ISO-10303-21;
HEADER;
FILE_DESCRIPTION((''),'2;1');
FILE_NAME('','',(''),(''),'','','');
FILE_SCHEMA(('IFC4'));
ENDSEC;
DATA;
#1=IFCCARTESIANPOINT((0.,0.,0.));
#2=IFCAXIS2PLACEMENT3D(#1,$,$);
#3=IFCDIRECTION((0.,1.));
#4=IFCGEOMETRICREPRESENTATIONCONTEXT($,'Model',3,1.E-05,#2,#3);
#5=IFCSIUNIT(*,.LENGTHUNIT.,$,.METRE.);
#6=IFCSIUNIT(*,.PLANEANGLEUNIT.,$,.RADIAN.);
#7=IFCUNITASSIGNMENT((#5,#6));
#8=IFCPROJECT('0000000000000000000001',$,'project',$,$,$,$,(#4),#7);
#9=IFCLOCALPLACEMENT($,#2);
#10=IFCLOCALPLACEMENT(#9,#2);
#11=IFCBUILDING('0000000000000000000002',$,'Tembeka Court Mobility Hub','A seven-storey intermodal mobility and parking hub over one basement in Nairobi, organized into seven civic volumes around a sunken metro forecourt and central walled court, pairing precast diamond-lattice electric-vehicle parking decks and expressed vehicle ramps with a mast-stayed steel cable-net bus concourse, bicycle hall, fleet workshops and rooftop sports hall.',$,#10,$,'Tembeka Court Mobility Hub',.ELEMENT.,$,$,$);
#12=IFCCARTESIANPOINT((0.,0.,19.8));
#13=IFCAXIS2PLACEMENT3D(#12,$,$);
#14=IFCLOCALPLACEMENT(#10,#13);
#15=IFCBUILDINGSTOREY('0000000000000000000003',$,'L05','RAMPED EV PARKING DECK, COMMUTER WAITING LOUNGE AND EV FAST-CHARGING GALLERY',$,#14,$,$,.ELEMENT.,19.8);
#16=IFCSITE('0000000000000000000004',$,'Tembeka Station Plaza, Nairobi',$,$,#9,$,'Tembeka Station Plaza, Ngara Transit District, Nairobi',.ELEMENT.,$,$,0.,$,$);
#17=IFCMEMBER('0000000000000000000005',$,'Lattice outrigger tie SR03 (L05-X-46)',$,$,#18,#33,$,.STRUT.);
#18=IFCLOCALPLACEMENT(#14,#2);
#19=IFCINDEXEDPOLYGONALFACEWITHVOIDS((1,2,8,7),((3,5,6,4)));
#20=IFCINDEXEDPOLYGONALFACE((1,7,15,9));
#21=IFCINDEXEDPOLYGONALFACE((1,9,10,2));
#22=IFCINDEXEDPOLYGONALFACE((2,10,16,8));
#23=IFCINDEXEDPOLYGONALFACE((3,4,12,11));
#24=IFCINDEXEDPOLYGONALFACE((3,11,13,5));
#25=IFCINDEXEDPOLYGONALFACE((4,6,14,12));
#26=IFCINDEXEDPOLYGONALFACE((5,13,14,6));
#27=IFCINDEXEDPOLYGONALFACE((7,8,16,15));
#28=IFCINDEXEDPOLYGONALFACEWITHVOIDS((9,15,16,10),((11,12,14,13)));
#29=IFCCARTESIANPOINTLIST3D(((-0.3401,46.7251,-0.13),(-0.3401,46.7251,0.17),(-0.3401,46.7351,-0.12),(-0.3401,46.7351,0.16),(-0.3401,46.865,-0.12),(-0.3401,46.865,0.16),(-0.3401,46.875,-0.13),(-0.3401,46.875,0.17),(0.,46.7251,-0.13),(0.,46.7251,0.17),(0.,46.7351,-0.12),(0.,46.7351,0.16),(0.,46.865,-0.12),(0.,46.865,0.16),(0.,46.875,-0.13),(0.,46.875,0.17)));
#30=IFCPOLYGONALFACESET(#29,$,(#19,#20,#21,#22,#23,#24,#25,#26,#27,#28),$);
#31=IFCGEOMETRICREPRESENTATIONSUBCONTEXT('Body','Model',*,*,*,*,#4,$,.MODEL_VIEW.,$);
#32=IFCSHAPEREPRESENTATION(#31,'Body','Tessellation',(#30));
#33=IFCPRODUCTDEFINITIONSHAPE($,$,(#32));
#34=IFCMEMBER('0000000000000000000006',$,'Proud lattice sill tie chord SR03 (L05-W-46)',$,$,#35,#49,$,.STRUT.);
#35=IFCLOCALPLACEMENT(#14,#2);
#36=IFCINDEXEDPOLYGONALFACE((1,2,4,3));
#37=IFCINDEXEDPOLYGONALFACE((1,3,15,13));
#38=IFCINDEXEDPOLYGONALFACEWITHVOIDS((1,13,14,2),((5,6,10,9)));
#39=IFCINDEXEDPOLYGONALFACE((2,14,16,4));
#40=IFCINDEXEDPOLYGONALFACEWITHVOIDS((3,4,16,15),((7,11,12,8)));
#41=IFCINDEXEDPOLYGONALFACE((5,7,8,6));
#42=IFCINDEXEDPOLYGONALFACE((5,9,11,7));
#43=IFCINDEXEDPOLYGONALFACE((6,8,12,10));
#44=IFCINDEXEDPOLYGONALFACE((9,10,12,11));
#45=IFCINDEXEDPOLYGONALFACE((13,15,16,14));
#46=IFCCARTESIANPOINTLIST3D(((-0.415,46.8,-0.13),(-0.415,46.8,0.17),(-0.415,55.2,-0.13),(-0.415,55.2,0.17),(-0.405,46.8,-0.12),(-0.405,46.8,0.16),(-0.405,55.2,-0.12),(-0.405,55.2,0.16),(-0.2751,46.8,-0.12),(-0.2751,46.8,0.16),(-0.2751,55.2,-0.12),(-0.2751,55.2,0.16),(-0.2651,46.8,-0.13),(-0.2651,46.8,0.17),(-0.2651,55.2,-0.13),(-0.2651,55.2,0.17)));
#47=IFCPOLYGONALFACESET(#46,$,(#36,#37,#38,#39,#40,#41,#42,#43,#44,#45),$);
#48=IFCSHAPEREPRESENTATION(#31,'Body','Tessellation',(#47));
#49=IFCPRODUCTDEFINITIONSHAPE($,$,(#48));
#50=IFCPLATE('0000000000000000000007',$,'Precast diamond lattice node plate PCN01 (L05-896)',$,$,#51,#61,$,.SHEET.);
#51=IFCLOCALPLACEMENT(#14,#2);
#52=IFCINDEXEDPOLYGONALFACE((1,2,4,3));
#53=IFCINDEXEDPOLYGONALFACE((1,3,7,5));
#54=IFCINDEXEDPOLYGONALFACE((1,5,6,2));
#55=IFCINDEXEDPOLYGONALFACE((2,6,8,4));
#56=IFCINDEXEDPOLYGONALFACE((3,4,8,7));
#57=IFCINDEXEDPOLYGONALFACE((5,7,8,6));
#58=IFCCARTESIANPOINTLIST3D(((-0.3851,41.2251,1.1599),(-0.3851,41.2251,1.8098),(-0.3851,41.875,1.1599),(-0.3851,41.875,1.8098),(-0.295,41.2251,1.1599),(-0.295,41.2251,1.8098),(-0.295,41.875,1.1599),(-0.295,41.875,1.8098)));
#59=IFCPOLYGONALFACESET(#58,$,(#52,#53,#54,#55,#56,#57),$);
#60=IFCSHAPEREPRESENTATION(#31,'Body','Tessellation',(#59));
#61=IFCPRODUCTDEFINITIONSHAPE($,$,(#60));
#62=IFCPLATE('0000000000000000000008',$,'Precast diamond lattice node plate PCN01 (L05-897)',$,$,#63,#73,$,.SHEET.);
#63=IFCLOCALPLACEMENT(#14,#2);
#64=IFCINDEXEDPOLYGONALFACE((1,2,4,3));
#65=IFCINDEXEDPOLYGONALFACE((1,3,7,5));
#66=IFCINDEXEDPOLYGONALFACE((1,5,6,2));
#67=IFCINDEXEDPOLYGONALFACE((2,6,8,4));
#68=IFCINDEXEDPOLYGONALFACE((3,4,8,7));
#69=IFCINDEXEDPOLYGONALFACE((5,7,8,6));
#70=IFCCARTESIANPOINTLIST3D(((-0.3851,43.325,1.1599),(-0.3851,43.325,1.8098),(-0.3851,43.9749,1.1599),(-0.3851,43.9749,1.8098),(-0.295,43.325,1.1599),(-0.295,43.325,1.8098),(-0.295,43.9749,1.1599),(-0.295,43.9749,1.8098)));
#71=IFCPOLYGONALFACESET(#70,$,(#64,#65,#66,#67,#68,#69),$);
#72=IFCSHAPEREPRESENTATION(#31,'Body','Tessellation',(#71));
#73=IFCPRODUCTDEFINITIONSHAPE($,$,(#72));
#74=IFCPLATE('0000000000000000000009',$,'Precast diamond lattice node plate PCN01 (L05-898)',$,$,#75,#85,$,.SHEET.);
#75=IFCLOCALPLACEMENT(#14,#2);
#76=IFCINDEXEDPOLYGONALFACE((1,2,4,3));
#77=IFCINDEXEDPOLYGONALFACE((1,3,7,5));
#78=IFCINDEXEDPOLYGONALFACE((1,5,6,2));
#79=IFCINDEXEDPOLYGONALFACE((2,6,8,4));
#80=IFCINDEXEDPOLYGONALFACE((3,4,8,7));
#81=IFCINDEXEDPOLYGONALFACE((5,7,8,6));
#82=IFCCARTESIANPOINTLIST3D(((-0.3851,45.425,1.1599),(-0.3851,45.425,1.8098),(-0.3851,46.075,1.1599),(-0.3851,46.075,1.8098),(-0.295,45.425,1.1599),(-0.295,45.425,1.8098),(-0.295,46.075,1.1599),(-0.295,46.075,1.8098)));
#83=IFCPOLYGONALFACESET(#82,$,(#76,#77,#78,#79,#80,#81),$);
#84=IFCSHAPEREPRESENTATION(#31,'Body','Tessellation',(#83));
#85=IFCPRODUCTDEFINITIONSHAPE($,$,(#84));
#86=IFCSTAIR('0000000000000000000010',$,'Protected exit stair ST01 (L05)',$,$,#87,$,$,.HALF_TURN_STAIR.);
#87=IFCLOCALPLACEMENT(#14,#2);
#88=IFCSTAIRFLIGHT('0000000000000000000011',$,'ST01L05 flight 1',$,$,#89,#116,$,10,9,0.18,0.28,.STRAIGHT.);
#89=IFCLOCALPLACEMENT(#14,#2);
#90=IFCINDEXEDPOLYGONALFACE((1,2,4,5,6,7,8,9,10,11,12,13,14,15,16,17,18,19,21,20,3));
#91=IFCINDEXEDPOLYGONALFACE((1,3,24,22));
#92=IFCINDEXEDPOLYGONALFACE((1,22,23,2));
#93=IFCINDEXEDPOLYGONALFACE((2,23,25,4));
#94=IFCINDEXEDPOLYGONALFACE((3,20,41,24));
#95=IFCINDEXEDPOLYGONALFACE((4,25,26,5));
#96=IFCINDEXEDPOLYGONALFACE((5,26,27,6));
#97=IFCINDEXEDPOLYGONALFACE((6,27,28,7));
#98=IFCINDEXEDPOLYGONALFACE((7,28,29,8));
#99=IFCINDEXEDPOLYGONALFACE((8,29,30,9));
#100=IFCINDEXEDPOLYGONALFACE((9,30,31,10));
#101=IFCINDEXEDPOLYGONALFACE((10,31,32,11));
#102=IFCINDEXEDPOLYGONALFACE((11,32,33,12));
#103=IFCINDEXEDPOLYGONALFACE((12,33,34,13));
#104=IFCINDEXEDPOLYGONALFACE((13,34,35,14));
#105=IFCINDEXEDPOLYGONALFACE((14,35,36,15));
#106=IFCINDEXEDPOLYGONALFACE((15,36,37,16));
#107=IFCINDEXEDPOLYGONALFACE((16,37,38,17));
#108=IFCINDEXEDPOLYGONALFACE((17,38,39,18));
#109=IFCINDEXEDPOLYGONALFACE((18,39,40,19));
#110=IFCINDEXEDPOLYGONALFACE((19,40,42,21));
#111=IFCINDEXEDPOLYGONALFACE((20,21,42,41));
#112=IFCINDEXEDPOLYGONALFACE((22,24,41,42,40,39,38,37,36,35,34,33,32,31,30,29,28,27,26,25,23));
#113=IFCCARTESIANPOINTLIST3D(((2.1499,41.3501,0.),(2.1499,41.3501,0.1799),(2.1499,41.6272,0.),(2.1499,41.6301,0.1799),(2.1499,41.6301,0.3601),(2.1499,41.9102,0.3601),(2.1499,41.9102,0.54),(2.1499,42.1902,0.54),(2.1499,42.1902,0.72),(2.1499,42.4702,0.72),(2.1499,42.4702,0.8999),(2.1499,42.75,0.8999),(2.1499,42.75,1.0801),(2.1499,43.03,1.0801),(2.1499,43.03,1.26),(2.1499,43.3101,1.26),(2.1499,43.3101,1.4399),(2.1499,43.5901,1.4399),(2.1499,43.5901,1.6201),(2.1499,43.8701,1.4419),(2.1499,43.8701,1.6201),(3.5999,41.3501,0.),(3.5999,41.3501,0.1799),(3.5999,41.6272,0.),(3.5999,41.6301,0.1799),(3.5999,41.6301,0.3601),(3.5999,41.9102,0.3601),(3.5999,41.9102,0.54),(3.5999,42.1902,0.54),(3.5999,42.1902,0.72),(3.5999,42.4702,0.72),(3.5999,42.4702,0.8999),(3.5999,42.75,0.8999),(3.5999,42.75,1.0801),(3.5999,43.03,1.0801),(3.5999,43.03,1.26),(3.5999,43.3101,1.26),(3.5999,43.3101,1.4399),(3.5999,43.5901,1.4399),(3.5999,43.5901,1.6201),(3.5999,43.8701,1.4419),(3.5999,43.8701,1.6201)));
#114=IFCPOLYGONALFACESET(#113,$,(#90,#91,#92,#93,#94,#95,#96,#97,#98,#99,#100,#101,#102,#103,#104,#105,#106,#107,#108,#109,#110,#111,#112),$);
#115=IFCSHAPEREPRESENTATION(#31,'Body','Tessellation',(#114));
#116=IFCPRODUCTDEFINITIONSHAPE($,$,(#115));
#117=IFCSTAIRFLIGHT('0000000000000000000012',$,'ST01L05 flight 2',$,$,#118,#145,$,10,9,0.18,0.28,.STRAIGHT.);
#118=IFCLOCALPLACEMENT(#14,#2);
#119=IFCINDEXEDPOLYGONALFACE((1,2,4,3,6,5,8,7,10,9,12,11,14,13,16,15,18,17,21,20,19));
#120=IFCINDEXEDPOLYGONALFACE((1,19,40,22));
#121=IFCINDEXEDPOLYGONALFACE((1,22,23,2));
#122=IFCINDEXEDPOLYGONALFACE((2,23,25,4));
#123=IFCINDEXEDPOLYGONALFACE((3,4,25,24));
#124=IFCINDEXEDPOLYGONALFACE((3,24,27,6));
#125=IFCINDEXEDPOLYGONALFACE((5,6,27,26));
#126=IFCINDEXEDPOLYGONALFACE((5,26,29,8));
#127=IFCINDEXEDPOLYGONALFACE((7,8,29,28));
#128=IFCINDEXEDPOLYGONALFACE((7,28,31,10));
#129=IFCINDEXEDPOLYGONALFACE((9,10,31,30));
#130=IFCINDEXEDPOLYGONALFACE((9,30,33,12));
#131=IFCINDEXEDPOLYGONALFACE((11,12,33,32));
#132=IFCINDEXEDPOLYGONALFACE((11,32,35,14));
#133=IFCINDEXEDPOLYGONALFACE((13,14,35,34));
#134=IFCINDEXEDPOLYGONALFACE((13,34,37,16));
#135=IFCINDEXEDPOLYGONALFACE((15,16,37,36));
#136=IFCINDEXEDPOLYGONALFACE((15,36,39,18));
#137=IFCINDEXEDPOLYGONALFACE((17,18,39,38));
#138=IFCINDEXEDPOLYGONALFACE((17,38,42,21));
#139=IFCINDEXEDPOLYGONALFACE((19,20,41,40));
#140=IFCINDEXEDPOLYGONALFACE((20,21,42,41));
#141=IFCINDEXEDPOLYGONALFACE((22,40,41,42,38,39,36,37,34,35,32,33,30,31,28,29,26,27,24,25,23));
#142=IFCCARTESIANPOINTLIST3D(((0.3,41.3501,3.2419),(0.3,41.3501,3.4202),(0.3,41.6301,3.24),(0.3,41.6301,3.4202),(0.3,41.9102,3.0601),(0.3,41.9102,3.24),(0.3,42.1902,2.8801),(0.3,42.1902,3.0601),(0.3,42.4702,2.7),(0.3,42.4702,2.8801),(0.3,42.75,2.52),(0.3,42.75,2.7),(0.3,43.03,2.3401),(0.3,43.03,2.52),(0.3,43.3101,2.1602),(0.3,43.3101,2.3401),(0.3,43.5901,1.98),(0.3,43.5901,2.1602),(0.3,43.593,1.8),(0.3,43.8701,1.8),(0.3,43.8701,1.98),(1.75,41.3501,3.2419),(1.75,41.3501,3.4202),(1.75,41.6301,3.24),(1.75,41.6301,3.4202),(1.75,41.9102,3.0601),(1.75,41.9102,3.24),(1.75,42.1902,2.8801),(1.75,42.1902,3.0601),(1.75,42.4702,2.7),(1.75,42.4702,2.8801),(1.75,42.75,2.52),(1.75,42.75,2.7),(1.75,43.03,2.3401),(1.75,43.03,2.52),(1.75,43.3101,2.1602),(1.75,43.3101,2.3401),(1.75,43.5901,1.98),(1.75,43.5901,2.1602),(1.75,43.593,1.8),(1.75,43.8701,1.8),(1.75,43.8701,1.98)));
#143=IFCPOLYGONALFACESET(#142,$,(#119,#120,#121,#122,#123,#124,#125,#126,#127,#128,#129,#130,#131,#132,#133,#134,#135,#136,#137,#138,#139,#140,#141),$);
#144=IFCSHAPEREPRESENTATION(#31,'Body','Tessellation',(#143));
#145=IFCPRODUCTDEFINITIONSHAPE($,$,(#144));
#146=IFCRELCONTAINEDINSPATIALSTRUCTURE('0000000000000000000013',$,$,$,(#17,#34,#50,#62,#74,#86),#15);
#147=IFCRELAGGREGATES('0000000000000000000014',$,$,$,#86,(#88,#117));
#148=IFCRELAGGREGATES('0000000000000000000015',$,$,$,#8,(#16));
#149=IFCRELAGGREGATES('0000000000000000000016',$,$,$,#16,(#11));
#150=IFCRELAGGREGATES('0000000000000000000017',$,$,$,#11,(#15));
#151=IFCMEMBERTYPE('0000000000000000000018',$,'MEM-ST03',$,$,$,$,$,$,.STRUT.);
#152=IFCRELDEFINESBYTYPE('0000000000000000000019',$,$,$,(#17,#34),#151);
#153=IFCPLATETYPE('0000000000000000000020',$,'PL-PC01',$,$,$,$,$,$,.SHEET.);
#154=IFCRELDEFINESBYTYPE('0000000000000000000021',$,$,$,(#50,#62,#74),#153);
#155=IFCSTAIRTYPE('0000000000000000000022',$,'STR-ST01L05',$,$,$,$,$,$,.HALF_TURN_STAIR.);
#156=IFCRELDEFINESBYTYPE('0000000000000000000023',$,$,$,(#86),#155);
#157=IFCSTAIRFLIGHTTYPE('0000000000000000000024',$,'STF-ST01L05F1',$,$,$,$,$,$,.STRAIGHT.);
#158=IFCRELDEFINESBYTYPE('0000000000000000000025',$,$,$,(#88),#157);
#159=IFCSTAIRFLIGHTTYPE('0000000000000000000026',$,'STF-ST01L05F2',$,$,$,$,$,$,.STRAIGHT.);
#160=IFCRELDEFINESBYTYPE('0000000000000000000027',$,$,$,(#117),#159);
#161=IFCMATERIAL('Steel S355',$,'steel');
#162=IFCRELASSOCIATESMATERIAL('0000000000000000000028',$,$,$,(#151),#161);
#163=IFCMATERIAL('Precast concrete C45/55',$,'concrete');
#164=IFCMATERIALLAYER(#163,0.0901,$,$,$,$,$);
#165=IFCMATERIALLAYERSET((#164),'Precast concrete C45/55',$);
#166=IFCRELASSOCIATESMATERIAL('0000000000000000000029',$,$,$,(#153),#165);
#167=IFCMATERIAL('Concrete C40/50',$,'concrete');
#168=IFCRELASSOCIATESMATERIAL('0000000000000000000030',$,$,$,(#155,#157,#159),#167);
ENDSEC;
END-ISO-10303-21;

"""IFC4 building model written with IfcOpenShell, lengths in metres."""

from ifc_helpers import new_model, si_unit, direction, frame, origin, origin_2d, place, context, subcontext, project, spatial, polyline, rectangle, hollow_rectangle, outline, extrude, material, layer, layer_set, material_profile, profile_set, type_object, element, aggregate, save


model = new_model("IFC4")

# Units and contexts
model_context = context("Model", 3, precision=1e-05, world=origin(), true_north=direction((0.0, 1.0)))
body_context = subcontext(model_context, "Body", "Model", "MODEL_VIEW")
ifc_project = project(units=[si_unit("LENGTHUNIT", "METRE"), si_unit("PLANEANGLEUNIT", "RADIAN")], contexts=[model_context])

# Site, building, storey
site_placement = place(None, origin())
site = spatial("IfcSite", under=ifc_project, at=site_placement, Name="Tembeka Station Plaza, Nairobi", LongName="Tembeka Station Plaza, Ngara Transit District, Nairobi", CompositionType="ELEMENT", RefElevation=0.0)
building_placement = place(site_placement, origin())
building = spatial("IfcBuilding", under=site, at=building_placement, Name="Tembeka Court Mobility Hub", Description="A seven-storey intermodal mobility and parking hub over one basement in Nairobi, organized into seven civic volumes around a sunken metro forecourt and central walled court, pairing precast diamond-lattice electric-vehicle parking decks and expressed vehicle ramps with a mast-stayed steel cable-net bus concourse, bicycle hall, fleet workshops and rooftop sports hall.", LongName="Tembeka Court Mobility Hub", CompositionType="ELEMENT")
storey_placement = place(building_placement, frame((0.0, 0.0, 19.8)))
storey = spatial("IfcBuildingStorey", under=building, at=storey_placement, Name="L05", Description="RAMPED EV PARKING DECK, COMMUTER WAITING LOUNGE AND EV FAST-CHARGING GALLERY", CompositionType="ELEMENT", Elevation=19.8)

# Shared definitions
ifc_material_1 = material(Name="Steel S355", Category="steel")

# Shared definitions
ifc_material_2 = material(Name="Precast concrete C45/55", Category="concrete")

# Members
ifc_material_profile_1 = material_profile(ifc_material_1, hollow_rectangle(XDim=0.1499, YDim=0.3, WallThickness=0.01, at=origin_2d()), Name="RHS 300x150x10")
ifc_profile_set_1 = profile_set([ifc_material_profile_1], Name="Steel S355")
member_type_1 = type_object("IfcMemberType", Name="MEM-ST03", PredefinedType="STRUT", material=ifc_profile_set_1)
member_1_placement = place(storey_placement, frame((0.0, 46.8, 0.02), z_axis=(-1.0, 0.0, 0.0), x_axis=(0.0, -1.0, 0.0)))
element("IfcMember", 1, at=member_1_placement, inside=storey, type_object=member_type_1, Name="Lattice outrigger tie SR03 (L05-X-46)", PredefinedType="STRUT", context=body_context, shape_type="SweptSolid", body=[
    extrude(hollow_rectangle(XDim=0.1499, YDim=0.3, WallThickness=0.01, at=origin_2d()), origin(), (0.0, 0.0, 1.0), 0.3401),
])
member_2_placement = place(storey_placement, frame((-0.3401, 46.8, 0.02), z_axis=(0.0, 1.0, 0.0), x_axis=(-1.0, 0.0, 0.0)))
element("IfcMember", 2, at=member_2_placement, inside=storey, type_object=member_type_1, Name="Proud lattice sill tie chord SR03 (L05-W-46)", PredefinedType="STRUT", context=body_context, shape_type="SweptSolid", body=[
    extrude(hollow_rectangle(XDim=0.1499, YDim=0.3, WallThickness=0.01, at=origin_2d()), origin(), (0.0, 0.0, 1.0), 8.3999),
])

# Plates
ifc_layer = layer(ifc_material_2, 0.0901)
ifc_layer_set = layer_set([ifc_layer], Name="Precast concrete C45/55")
plate_type = type_object("IfcPlateType", Name="PL-PC01", PredefinedType="SHEET", material=ifc_layer_set)
for number, where, z_axis, x_axis, name in (
    (3, (-0.3401, 41.55, 1.1599), (0.0, 0.0, 1.0), (1.0, 0.0, 0.0), "Precast diamond lattice node plate PCN01 (L05-896)"),
    (4, (-0.3401, 43.6499, 1.1599), (0.0, 0.0, 1.0), (1.0, 0.0, 0.0), "Precast diamond lattice node plate PCN01 (L05-897)"),
    (5, (-0.3401, 45.75, 1.1599), (0.0, 0.0, 1.0), (1.0, 0.0, 0.0), "Precast diamond lattice node plate PCN01 (L05-898)"),
):
    element("IfcPlate", number, at=place(storey_placement, frame(where, z_axis=z_axis, x_axis=x_axis)), inside=storey, type_object=plate_type, Name=name, PredefinedType="SHEET", context=body_context, shape_type="SweptSolid", body=[
        extrude(rectangle(XDim=0.0901, YDim=0.6499, at=origin_2d()), origin(), (0.0, 0.0, 1.0), 0.6499),
    ])

# Stair, stair flights
ifc_material_3 = material(Name="Concrete C40/50", Category="concrete")
stair_type = type_object("IfcStairType", Name="STR-ST01L05", PredefinedType="HALF_TURN_STAIR", material=ifc_material_3)
stair_placement = place(storey_placement, origin())
stair = element("IfcStair", 6, at=stair_placement, inside=storey, type_object=stair_type, Name="Protected exit stair ST01 (L05)", PredefinedType="HALF_TURN_STAIR")
stair_flight_type_1 = type_object("IfcStairFlightType", Name="STF-ST01L05F1", PredefinedType="STRAIGHT", material=ifc_material_3)
stair_flight_1_placement = place(storey_placement, frame((2.875, 41.3501, 0.0), z_axis=(0.0, 0.0, 1.0), x_axis=(0.0, 1.0, 0.0)))
stair_flight_1 = element("IfcStairFlight", 7, at=stair_flight_1_placement, type_object=stair_flight_type_1, Name="ST01L05 flight 1", NumberOfRisers=10, NumberOfTreads=9, PredefinedType="STRAIGHT", RiserHeight=0.18, TreadLength=0.28, context=body_context, shape_type="SweptSolid", body=[
    extrude(outline(polyline([(0.0, 0.0), (0.0, 0.1799), (0.28, 0.1799), (0.28, 0.3601), (0.5601, 0.3601), (0.5601, 0.54), (0.8401, 0.54), (0.8401, 0.72), (1.1201, 0.72), (1.1201, 0.8999), (1.3999, 0.8999), (1.3999, 1.0801), (1.6799, 1.0801), (1.6799, 1.26), (1.96, 1.26), (1.96, 1.4399), (2.24, 1.4399), (2.24, 1.6201), (2.52, 1.6201), (2.52, 1.8), (2.52, 1.4419), (0.2771, 0.0), (0.0, 0.0)])), frame((0.0, 0.7251, 0.0), z_axis=(0.0, -1.0, 0.0), x_axis=(1.0, 0.0, 0.0)), (0.0, 0.0, 1.0), 1.45),
])
stair_flight_type_2 = type_object("IfcStairFlightType", Name="STF-ST01L05F2", PredefinedType="STRAIGHT", material=ifc_material_3)
stair_flight_2_placement = place(storey_placement, frame((1.0249, 43.8701, 1.8), z_axis=(0.0, 0.0, 1.0), x_axis=(0.0, -1.0, 0.0)))
stair_flight_2 = element("IfcStairFlight", 8, at=stair_flight_2_placement, type_object=stair_flight_type_2, Name="ST01L05 flight 2", NumberOfRisers=10, NumberOfTreads=9, PredefinedType="STRAIGHT", RiserHeight=0.18, TreadLength=0.28, context=body_context, shape_type="SweptSolid", body=[
    extrude(outline(polyline([(0.0, 0.0), (0.0, 0.1799), (0.28, 0.1799), (0.28, 0.3601), (0.5601, 0.3601), (0.5601, 0.54), (0.8401, 0.54), (0.8401, 0.72), (1.1201, 0.72), (1.1201, 0.8999), (1.3999, 0.8999), (1.3999, 1.0801), (1.6799, 1.0801), (1.6799, 1.26), (1.96, 1.26), (1.96, 1.4399), (2.24, 1.4399), (2.24, 1.6201), (2.52, 1.6201), (2.52, 1.8), (2.52, 1.4419), (0.2771, 0.0), (0.0, 0.0)])), frame((0.0, 0.7251, 0.0), z_axis=(0.0, -1.0, 0.0), x_axis=(1.0, 0.0, 0.0)), (0.0, 0.0, 1.0), 1.45),
])
aggregate(stair, [stair_flight_1, stair_flight_2])

save(model, "model.ifc")
